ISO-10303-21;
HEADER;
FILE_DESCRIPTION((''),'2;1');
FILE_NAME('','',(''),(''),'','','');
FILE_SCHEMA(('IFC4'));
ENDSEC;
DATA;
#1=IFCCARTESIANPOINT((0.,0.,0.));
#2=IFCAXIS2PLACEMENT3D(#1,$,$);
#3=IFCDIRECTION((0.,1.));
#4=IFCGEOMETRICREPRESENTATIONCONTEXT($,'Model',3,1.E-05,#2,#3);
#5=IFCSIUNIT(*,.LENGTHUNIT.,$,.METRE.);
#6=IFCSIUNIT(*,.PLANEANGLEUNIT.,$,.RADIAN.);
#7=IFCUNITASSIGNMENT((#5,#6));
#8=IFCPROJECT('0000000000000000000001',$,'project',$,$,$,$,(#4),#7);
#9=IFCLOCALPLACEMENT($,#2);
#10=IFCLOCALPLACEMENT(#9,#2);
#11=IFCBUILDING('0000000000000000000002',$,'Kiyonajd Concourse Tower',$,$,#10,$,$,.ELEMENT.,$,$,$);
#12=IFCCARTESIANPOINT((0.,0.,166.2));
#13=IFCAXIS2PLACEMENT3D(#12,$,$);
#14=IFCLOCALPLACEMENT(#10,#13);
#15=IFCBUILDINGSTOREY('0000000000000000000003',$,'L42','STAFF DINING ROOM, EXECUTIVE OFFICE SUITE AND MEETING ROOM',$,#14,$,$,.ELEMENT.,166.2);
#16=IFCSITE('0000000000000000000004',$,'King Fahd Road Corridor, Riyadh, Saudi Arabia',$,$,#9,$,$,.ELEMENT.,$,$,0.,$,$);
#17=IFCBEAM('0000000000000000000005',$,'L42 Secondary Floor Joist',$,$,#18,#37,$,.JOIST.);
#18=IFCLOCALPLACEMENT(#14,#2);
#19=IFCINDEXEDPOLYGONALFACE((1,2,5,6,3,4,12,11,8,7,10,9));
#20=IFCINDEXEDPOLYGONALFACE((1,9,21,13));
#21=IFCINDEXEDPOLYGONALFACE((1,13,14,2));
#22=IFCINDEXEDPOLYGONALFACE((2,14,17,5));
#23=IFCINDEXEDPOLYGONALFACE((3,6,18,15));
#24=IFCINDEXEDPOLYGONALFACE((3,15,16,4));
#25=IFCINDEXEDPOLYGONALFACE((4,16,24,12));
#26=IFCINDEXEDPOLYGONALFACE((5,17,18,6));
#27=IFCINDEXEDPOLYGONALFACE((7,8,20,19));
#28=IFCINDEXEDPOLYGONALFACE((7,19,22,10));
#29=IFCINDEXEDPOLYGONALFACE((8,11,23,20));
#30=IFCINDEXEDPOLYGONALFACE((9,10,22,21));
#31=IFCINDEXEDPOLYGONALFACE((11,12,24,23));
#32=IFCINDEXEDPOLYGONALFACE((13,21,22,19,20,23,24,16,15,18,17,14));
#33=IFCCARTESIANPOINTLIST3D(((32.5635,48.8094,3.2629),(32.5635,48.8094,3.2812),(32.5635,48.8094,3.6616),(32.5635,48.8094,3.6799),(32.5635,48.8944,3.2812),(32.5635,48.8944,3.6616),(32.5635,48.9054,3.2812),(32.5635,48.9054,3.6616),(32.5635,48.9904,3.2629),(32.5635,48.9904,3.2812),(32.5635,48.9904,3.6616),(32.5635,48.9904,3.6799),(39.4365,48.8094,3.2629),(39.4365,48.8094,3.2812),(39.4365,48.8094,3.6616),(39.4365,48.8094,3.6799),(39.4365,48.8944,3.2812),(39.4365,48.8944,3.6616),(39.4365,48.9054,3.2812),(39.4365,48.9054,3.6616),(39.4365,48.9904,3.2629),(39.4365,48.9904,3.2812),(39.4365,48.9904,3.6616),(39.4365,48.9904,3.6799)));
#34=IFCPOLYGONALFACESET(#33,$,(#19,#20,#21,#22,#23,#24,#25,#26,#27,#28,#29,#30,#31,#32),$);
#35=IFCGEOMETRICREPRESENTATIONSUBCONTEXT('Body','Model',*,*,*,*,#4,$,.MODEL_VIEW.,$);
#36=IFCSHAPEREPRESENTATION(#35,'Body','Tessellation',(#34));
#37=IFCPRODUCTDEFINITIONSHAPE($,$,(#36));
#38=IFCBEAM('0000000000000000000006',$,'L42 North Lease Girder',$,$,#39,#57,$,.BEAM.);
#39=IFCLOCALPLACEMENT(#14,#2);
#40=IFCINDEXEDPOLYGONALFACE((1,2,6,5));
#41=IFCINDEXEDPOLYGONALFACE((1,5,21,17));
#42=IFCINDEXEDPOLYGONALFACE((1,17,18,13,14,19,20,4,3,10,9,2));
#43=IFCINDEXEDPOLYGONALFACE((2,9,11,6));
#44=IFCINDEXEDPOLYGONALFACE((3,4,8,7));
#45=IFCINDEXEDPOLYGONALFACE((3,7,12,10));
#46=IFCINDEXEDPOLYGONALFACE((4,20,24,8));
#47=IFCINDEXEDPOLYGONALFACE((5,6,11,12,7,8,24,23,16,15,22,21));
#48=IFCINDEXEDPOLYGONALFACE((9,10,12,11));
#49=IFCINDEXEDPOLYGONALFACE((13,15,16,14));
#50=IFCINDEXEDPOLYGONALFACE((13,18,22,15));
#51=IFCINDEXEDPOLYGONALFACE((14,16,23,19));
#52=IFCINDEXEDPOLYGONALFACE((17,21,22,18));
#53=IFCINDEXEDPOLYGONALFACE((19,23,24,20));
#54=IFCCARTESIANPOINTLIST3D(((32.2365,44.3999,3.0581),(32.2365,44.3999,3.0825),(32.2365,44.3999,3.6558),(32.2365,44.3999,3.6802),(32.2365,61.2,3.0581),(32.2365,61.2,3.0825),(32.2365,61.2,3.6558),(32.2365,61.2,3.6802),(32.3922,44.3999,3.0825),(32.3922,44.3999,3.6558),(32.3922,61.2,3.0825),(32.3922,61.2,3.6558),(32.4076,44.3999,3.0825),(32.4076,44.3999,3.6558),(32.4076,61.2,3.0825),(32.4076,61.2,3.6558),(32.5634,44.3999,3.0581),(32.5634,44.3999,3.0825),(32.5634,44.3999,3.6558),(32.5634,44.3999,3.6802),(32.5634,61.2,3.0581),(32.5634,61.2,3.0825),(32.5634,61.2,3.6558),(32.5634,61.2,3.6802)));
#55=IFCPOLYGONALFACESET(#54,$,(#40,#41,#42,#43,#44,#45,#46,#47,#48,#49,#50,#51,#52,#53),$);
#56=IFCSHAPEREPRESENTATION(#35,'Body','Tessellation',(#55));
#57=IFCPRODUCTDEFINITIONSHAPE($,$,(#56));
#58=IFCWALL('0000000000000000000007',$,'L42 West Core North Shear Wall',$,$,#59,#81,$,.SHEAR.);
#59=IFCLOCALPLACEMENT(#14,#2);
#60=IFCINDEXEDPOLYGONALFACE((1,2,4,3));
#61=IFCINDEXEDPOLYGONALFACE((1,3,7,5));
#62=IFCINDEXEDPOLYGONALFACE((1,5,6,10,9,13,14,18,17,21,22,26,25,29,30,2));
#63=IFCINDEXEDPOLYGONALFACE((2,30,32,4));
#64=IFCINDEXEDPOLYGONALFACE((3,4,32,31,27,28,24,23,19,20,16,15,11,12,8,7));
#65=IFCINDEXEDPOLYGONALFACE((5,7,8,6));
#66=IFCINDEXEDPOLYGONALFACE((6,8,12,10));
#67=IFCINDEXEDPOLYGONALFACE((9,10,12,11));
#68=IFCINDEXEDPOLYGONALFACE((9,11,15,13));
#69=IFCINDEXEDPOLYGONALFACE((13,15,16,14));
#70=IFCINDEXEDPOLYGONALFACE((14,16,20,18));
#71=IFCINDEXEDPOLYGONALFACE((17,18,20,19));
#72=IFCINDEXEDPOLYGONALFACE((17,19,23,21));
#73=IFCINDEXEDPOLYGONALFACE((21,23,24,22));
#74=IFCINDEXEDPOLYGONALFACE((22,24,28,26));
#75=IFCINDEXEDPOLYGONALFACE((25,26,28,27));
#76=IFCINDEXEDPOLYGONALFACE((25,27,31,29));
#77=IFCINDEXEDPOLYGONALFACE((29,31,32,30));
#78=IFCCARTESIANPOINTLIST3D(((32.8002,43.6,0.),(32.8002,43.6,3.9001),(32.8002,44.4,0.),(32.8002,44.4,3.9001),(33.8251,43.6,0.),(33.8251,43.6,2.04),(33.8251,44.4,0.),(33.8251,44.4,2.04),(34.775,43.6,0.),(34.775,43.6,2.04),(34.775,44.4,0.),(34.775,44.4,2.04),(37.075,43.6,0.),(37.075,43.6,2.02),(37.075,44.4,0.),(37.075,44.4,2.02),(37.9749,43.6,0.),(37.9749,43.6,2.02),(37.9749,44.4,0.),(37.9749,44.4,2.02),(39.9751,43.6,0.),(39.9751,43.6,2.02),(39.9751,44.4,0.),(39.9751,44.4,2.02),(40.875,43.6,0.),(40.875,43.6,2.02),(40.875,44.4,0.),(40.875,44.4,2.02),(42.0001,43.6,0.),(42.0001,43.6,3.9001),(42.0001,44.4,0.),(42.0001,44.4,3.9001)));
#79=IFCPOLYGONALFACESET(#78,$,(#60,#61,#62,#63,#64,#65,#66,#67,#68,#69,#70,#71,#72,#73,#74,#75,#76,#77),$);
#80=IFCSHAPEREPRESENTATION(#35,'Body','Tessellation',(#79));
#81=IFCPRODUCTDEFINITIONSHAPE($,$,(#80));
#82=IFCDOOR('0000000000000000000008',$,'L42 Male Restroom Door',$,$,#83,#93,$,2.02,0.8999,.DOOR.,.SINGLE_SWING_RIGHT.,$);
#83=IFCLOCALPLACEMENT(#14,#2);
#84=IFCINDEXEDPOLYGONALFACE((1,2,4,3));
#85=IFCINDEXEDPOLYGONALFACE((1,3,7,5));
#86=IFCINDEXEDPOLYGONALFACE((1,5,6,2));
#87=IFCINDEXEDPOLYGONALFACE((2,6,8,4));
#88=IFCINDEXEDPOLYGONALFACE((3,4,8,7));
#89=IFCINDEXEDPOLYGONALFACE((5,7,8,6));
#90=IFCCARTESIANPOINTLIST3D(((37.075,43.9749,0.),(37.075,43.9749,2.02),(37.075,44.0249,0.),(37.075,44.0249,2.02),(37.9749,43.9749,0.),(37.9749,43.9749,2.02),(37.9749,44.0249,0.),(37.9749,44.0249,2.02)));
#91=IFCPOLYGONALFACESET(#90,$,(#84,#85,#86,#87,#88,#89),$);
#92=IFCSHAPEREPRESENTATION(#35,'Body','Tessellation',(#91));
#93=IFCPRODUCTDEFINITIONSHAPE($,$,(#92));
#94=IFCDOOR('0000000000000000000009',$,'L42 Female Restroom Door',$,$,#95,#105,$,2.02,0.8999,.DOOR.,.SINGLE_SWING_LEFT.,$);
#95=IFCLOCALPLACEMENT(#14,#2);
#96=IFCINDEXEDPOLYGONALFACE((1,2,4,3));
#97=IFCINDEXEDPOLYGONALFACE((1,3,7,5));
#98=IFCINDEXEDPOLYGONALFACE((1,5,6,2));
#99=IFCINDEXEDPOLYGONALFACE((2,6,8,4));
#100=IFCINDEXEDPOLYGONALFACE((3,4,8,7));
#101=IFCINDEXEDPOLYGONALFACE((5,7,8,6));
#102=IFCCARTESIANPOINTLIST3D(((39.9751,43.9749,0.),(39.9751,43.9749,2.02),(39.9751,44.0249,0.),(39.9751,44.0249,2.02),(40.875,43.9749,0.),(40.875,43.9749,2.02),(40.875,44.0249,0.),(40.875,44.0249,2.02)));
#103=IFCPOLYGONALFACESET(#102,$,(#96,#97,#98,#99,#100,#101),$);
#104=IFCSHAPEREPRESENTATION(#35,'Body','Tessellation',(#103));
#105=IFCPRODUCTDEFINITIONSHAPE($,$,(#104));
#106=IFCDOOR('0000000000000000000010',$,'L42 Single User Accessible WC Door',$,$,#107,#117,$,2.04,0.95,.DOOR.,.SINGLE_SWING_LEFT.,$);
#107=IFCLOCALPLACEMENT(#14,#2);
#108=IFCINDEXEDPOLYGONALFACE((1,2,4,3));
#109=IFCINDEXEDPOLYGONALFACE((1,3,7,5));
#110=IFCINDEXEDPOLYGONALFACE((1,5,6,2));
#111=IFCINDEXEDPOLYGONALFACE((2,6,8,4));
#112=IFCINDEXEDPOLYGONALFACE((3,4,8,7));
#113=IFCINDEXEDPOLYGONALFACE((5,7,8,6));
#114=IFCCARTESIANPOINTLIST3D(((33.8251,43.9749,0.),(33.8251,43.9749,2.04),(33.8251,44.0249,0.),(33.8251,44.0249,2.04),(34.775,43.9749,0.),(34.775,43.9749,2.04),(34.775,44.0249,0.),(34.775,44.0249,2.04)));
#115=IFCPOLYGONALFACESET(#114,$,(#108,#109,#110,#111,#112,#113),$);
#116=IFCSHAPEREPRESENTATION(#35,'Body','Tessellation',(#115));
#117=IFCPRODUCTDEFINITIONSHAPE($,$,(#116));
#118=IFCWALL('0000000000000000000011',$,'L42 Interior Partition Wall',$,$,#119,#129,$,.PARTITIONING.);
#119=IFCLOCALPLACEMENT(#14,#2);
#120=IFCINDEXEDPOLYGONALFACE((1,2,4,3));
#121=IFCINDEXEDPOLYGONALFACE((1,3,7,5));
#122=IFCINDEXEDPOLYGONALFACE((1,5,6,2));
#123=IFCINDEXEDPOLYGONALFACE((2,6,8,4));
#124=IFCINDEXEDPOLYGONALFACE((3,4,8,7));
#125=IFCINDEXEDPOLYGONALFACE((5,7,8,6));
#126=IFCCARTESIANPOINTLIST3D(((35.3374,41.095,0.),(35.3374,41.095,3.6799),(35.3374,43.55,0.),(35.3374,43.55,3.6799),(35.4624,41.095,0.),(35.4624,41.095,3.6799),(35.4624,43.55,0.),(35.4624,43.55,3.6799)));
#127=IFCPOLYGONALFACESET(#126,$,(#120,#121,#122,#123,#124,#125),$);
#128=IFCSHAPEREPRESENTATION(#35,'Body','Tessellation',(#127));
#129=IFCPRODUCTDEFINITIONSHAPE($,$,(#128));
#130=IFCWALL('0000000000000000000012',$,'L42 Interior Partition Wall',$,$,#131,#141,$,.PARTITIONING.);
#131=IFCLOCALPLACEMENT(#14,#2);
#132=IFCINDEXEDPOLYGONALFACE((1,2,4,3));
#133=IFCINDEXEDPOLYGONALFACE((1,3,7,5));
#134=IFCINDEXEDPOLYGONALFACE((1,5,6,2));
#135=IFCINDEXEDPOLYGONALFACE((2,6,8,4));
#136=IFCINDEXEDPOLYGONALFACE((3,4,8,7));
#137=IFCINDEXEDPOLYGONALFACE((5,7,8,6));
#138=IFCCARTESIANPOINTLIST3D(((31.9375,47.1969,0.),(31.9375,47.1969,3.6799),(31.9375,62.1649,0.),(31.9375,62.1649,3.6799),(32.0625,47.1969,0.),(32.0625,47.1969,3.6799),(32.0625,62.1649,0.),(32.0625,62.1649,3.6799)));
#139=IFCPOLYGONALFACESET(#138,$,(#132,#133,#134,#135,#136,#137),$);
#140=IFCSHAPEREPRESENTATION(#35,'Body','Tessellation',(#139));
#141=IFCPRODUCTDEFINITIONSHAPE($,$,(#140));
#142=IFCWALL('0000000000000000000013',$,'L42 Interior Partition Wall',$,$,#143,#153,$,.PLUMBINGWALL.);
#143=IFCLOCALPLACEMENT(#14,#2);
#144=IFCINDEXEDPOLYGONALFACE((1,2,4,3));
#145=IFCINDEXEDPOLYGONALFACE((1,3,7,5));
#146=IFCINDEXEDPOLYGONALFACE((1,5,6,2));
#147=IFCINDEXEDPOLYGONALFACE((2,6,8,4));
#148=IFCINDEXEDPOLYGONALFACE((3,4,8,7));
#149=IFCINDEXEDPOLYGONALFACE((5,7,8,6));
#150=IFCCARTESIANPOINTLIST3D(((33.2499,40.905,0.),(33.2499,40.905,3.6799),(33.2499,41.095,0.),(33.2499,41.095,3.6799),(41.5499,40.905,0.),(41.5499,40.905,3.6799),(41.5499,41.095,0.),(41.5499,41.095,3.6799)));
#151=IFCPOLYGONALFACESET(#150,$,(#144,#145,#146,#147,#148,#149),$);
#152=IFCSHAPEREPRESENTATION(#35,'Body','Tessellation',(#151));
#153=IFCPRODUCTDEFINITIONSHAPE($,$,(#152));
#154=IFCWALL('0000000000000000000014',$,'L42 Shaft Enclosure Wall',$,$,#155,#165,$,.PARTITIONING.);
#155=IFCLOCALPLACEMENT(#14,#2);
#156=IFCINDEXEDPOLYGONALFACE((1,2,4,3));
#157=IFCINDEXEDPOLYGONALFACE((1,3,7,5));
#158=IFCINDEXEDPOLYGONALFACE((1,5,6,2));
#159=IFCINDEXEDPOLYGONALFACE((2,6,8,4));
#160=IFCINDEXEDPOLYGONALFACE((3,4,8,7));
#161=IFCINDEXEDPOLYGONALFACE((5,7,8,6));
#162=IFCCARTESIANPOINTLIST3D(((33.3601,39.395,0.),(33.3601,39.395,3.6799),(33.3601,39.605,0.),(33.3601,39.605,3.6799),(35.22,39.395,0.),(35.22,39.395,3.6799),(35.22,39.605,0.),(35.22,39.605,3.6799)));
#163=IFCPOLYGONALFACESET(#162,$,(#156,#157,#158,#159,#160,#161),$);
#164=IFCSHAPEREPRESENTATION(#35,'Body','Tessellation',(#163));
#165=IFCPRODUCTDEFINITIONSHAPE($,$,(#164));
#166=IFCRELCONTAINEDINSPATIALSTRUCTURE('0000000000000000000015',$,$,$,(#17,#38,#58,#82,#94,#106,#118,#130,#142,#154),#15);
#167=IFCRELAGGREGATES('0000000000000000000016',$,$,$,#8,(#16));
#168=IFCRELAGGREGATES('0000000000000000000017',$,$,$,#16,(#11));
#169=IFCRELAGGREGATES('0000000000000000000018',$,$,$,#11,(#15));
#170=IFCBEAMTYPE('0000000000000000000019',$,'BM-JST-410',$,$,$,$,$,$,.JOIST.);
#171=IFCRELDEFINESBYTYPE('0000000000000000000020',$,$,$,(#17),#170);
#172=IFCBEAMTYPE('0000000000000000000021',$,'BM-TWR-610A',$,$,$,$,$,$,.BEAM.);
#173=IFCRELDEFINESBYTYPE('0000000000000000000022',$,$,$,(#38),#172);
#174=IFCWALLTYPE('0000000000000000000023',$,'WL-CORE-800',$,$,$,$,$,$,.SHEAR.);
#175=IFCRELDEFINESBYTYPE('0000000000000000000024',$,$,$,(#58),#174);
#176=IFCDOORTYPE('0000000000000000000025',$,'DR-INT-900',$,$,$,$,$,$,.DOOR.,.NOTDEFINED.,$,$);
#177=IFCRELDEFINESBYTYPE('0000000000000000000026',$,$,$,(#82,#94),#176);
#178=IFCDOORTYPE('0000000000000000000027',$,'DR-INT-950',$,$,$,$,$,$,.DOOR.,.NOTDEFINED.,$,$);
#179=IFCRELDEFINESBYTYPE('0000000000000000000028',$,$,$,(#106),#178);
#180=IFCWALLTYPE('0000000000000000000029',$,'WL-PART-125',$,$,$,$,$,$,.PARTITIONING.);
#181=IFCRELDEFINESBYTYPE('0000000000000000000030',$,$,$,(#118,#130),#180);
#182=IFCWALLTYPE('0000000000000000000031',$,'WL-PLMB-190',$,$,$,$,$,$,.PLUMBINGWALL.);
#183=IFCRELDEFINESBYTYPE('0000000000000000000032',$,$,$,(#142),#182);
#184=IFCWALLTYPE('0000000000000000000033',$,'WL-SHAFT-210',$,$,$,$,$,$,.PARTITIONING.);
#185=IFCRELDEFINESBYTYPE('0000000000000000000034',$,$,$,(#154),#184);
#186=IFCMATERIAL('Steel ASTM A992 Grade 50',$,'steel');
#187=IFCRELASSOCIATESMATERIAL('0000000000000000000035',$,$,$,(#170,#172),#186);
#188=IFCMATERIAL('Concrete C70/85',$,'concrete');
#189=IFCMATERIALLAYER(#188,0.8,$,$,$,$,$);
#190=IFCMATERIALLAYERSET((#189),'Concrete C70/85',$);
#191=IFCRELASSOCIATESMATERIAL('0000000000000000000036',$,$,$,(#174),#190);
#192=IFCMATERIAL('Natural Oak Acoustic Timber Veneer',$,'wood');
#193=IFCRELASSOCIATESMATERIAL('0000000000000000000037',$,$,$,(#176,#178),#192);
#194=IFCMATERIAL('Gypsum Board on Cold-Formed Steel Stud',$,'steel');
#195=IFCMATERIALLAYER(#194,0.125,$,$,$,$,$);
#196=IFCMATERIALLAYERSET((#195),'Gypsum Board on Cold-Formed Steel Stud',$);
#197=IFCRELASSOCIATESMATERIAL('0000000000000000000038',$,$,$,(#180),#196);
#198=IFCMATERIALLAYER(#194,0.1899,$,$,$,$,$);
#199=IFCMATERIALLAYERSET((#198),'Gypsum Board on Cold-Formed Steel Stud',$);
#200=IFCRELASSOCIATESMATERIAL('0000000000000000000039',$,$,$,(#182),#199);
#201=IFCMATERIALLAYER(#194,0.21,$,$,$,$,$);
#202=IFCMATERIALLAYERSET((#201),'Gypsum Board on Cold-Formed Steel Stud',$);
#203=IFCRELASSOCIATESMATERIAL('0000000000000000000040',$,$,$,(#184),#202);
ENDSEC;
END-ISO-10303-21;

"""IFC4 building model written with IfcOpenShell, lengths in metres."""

from ifc_helpers import new_model, si_unit, direction, frame, frame_2d, origin, origin_2d, place, context, subcontext, project, spatial, rectangle, i_section, extrude, material, layer, layer_set, material_profile, profile_set, type_object, element, fill, save


model = new_model("IFC4")

# Units and contexts
model_context = context("Model", 3, precision=1e-05, world=origin(), true_north=direction((0.0, 1.0)))
body_context = subcontext(model_context, "Body", "Model", "MODEL_VIEW")
ifc_project = project(units=[si_unit("LENGTHUNIT", "METRE"), si_unit("PLANEANGLEUNIT", "RADIAN")], contexts=[model_context])

# Site, building, storey
site_placement = place(None, origin())
site = spatial("IfcSite", under=ifc_project, at=site_placement, Name="King Fahd Road Corridor, Riyadh, Saudi Arabia", CompositionType="ELEMENT", RefElevation=0.0)
building_placement = place(site_placement, origin())
building = spatial("IfcBuilding", under=site, at=building_placement, Name="Kiyonajd Concourse Tower", CompositionType="ELEMENT")
storey_placement = place(building_placement, frame((0.0, 0.0, 166.2)))
storey = spatial("IfcBuildingStorey", under=building, at=storey_placement, Name="L42", Description="STAFF DINING ROOM, EXECUTIVE OFFICE SUITE AND MEETING ROOM", CompositionType="ELEMENT", Elevation=166.2)

# Beams
ifc_material_1 = material(Name="Steel ASTM A992 Grade 50", Category="steel")
ifc_material_profile_1 = material_profile(ifc_material_1, i_section(OverallWidth=0.1809, OverallDepth=0.417, WebThickness=0.011, FlangeThickness=0.0183, at=origin_2d()), Name="W410X85")
ifc_profile_set_1 = profile_set([ifc_material_profile_1], Name="Steel ASTM A992 Grade 50")
beam_type_1 = type_object("IfcBeamType", Name="BM-JST-410", PredefinedType="JOIST", material=ifc_profile_set_1)
beam_1_placement = place(storey_placement, frame((32.5635, 48.8999, 3.4714), z_axis=(1.0, 0.0, 0.0), x_axis=(0.0, 1.0, 0.0)))
element("IfcBeam", 1, at=beam_1_placement, inside=storey, type_object=beam_type_1, Name="L42 Secondary Floor Joist", PredefinedType="JOIST", context=body_context, shape_type="SweptSolid", body=[
    extrude(i_section(OverallWidth=0.1809, OverallDepth=0.417, WebThickness=0.011, FlangeThickness=0.0183, at=origin_2d()), origin(), (0.0, 0.0, 1.0), 6.873),
])
ifc_material_profile_2 = material_profile(ifc_material_1, i_section(OverallWidth=0.3269, OverallDepth=0.6221, WebThickness=0.0154, FlangeThickness=0.0244, at=origin_2d()), Name="W610X195")
ifc_profile_set_2 = profile_set([ifc_material_profile_2], Name="Steel ASTM A992 Grade 50")
beam_type_2 = type_object("IfcBeamType", Name="BM-TWR-610A", PredefinedType="BEAM", material=ifc_profile_set_2)
beam_2_placement = place(storey_placement, frame((32.3999, 44.3999, 3.3691), z_axis=(0.0, 1.0, 0.0), x_axis=(-1.0, 0.0, 0.0)))
element("IfcBeam", 2, at=beam_2_placement, inside=storey, type_object=beam_type_2, Name="L42 North Lease Girder", PredefinedType="BEAM", context=body_context, shape_type="SweptSolid", body=[
    extrude(i_section(OverallWidth=0.3269, OverallDepth=0.6221, WebThickness=0.0154, FlangeThickness=0.0244, at=origin_2d()), origin(), (0.0, 0.0, 1.0), 16.8),
])

# Wall, openings, doors
ifc_material_2 = material(Name="Concrete C70/85", Category="concrete")
ifc_layer_1 = layer(ifc_material_2, 0.8)
ifc_layer_set_1 = layer_set([ifc_layer_1], Name="Concrete C70/85")
wall_type_1 = type_object("IfcWallType", Name="WL-CORE-800", PredefinedType="SHEAR", material=ifc_layer_set_1)
wall_1_placement = place(storey_placement, frame((32.8, 44.0, 0.0), z_axis=(0.0, 0.0, 1.0), x_axis=(1.0, 0.0, 0.0)))
wall_1 = element("IfcWall", 3, at=wall_1_placement, inside=storey, type_object=wall_type_1, Name="L42 West Core North Shear Wall", PredefinedType="SHEAR", context=body_context, shape_type="SweptSolid", body=[
    extrude(rectangle(XDim=9.2, YDim=0.8, at=frame_2d((4.6001, 0.0))), origin(), (0.0, 0.0, 1.0), 3.9001),
])
opening_1_placement = place(wall_1_placement, frame((1.0249, 0.0, 0.0)))
opening_1 = element("IfcOpeningElement", 4, at=opening_1_placement, cuts=wall_1, PredefinedType="OPENING", context=body_context, shape_type="SweptSolid", body=[
    extrude(rectangle(XDim=0.95, YDim=2.04, at=frame_2d((0.4751, 1.02))), frame((0.0, 0.4099, 0.0), z_axis=(0.0, -1.0, 0.0), x_axis=(1.0, 0.0, 0.0)), (0.0, 0.0, 1.0), 0.8201),
])
opening_2_placement = place(wall_1_placement, frame((4.2749, 0.0, 0.0)))
opening_2 = element("IfcOpeningElement", 5, at=opening_2_placement, cuts=wall_1, PredefinedType="OPENING", context=body_context, shape_type="SweptSolid", body=[
    extrude(rectangle(XDim=0.8999, YDim=2.02, at=frame_2d((0.45, 1.01))), frame((0.0, 0.4099, 0.0), z_axis=(0.0, -1.0, 0.0), x_axis=(1.0, 0.0, 0.0)), (0.0, 0.0, 1.0), 0.8201),
])
opening_3_placement = place(wall_1_placement, frame((7.175, 0.0, 0.0)))
opening_3 = element("IfcOpeningElement", 6, at=opening_3_placement, cuts=wall_1, PredefinedType="OPENING", context=body_context, shape_type="SweptSolid", body=[
    extrude(rectangle(XDim=0.8999, YDim=2.02, at=frame_2d((0.45, 1.01))), frame((0.0, 0.4099, 0.0), z_axis=(0.0, -1.0, 0.0), x_axis=(1.0, 0.0, 0.0)), (0.0, 0.0, 1.0), 0.8201),
])
ifc_material_3 = material(Name="Natural Oak Acoustic Timber Veneer", Category="wood")
door_type_1 = type_object("IfcDoorType", Name="DR-INT-900", OperationType="NOTDEFINED", PredefinedType="DOOR", material=ifc_material_3)
door_1_placement = place(opening_2_placement, origin())
door_1 = element("IfcDoor", 7, at=door_1_placement, inside=storey, type_object=door_type_1, Name="L42 Male Restroom Door", OperationType="SINGLE_SWING_RIGHT", OverallHeight=2.02, OverallWidth=0.8999, PredefinedType="DOOR", context=body_context, shape_type="SweptSolid", body=[
    extrude(rectangle(XDim=0.8999, YDim=2.02, at=frame_2d((0.45, 1.01))), frame((0.0, 0.0249, 0.0), z_axis=(0.0, -1.0, 0.0), x_axis=(1.0, 0.0, 0.0)), (0.0, 0.0, 1.0), 0.05),
])
fill(opening_2, door_1)
door_2_placement = place(opening_3_placement, origin())
door_2 = element("IfcDoor", 8, at=door_2_placement, inside=storey, type_object=door_type_1, Name="L42 Female Restroom Door", OperationType="SINGLE_SWING_LEFT", OverallHeight=2.02, OverallWidth=0.8999, PredefinedType="DOOR", context=body_context, shape_type="SweptSolid", body=[
    extrude(rectangle(XDim=0.8999, YDim=2.02, at=frame_2d((0.45, 1.01))), frame((0.0, 0.0249, 0.0), z_axis=(0.0, -1.0, 0.0), x_axis=(1.0, 0.0, 0.0)), (0.0, 0.0, 1.0), 0.05),
])
fill(opening_3, door_2)
door_type_2 = type_object("IfcDoorType", Name="DR-INT-950", OperationType="NOTDEFINED", PredefinedType="DOOR", material=ifc_material_3)
door_3_placement = place(opening_1_placement, origin())
door_3 = element("IfcDoor", 9, at=door_3_placement, inside=storey, type_object=door_type_2, Name="L42 Single User Accessible WC Door", OperationType="SINGLE_SWING_LEFT", OverallHeight=2.04, OverallWidth=0.95, PredefinedType="DOOR", context=body_context, shape_type="SweptSolid", body=[
    extrude(rectangle(XDim=0.95, YDim=2.04, at=frame_2d((0.4751, 1.02))), frame((0.0, 0.0249, 0.0), z_axis=(0.0, -1.0, 0.0), x_axis=(1.0, 0.0, 0.0)), (0.0, 0.0, 1.0), 0.05),
])
fill(opening_1, door_3)

# Walls
ifc_material_4 = material(Name="Gypsum Board on Cold-Formed Steel Stud", Category="steel")
ifc_layer_2 = layer(ifc_material_4, 0.125)
ifc_layer_set_2 = layer_set([ifc_layer_2], Name="Gypsum Board on Cold-Formed Steel Stud")
wall_type_2 = type_object("IfcWallType", Name="WL-PART-125", PredefinedType="PARTITIONING", material=ifc_layer_set_2)
wall_2_placement = place(storey_placement, frame((35.3999, 41.095, 0.0), z_axis=(0.0, 0.0, 1.0), x_axis=(0.0, 1.0, 0.0)))
element("IfcWall", 10, at=wall_2_placement, inside=storey, type_object=wall_type_2, Name="L42 Interior Partition Wall", PredefinedType="PARTITIONING", context=body_context, shape_type="SweptSolid", body=[
    extrude(rectangle(XDim=2.4551, YDim=0.125, at=frame_2d((1.2275, 0.0))), origin(), (0.0, 0.0, 1.0), 3.6799),
])
wall_3_placement = place(storey_placement, frame((32.0, 47.197, 0.0), z_axis=(0.0, 0.0, 1.0), x_axis=(0.0, 1.0, 0.0)))
element("IfcWall", 11, at=wall_3_placement, inside=storey, type_object=wall_type_2, Name="L42 Interior Partition Wall", PredefinedType="PARTITIONING", context=body_context, shape_type="SweptSolid", body=[
    extrude(rectangle(XDim=14.968, YDim=0.125, at=frame_2d((7.4839, 0.0))), origin(), (0.0, 0.0, 1.0), 3.6799),
])
ifc_layer_3 = layer(ifc_material_4, 0.1899)
ifc_layer_set_3 = layer_set([ifc_layer_3], Name="Gypsum Board on Cold-Formed Steel Stud")
wall_type_3 = type_object("IfcWallType", Name="WL-PLMB-190", PredefinedType="PLUMBINGWALL", material=ifc_layer_set_3)
wall_4_placement = place(storey_placement, frame((33.25, 41.0, 0.0), z_axis=(0.0, 0.0, 1.0), x_axis=(1.0, 0.0, 0.0)))
element("IfcWall", 12, at=wall_4_placement, inside=storey, type_object=wall_type_3, Name="L42 Interior Partition Wall", PredefinedType="PLUMBINGWALL", context=body_context, shape_type="SweptSolid", body=[
    extrude(rectangle(XDim=8.3, YDim=0.1899, at=frame_2d((4.1499, 0.0))), origin(), (0.0, 0.0, 1.0), 3.6799),
])
ifc_layer_4 = layer(ifc_material_4, 0.21)
ifc_layer_set_4 = layer_set([ifc_layer_4], Name="Gypsum Board on Cold-Formed Steel Stud")
wall_type_4 = type_object("IfcWallType", Name="WL-SHAFT-210", PredefinedType="PARTITIONING", material=ifc_layer_set_4)
wall_5_placement = place(storey_placement, frame((33.3601, 39.5, 0.0), z_axis=(0.0, 0.0, 1.0), x_axis=(1.0, 0.0, 0.0)))
element("IfcWall", 13, at=wall_5_placement, inside=storey, type_object=wall_type_4, Name="L42 Shaft Enclosure Wall", PredefinedType="PARTITIONING", context=body_context, shape_type="SweptSolid", body=[
    extrude(rectangle(XDim=1.8599, YDim=0.21, at=frame_2d((0.9299, 0.0))), origin(), (0.0, 0.0, 1.0), 3.6799),
])

save(model, "model.ifc")
